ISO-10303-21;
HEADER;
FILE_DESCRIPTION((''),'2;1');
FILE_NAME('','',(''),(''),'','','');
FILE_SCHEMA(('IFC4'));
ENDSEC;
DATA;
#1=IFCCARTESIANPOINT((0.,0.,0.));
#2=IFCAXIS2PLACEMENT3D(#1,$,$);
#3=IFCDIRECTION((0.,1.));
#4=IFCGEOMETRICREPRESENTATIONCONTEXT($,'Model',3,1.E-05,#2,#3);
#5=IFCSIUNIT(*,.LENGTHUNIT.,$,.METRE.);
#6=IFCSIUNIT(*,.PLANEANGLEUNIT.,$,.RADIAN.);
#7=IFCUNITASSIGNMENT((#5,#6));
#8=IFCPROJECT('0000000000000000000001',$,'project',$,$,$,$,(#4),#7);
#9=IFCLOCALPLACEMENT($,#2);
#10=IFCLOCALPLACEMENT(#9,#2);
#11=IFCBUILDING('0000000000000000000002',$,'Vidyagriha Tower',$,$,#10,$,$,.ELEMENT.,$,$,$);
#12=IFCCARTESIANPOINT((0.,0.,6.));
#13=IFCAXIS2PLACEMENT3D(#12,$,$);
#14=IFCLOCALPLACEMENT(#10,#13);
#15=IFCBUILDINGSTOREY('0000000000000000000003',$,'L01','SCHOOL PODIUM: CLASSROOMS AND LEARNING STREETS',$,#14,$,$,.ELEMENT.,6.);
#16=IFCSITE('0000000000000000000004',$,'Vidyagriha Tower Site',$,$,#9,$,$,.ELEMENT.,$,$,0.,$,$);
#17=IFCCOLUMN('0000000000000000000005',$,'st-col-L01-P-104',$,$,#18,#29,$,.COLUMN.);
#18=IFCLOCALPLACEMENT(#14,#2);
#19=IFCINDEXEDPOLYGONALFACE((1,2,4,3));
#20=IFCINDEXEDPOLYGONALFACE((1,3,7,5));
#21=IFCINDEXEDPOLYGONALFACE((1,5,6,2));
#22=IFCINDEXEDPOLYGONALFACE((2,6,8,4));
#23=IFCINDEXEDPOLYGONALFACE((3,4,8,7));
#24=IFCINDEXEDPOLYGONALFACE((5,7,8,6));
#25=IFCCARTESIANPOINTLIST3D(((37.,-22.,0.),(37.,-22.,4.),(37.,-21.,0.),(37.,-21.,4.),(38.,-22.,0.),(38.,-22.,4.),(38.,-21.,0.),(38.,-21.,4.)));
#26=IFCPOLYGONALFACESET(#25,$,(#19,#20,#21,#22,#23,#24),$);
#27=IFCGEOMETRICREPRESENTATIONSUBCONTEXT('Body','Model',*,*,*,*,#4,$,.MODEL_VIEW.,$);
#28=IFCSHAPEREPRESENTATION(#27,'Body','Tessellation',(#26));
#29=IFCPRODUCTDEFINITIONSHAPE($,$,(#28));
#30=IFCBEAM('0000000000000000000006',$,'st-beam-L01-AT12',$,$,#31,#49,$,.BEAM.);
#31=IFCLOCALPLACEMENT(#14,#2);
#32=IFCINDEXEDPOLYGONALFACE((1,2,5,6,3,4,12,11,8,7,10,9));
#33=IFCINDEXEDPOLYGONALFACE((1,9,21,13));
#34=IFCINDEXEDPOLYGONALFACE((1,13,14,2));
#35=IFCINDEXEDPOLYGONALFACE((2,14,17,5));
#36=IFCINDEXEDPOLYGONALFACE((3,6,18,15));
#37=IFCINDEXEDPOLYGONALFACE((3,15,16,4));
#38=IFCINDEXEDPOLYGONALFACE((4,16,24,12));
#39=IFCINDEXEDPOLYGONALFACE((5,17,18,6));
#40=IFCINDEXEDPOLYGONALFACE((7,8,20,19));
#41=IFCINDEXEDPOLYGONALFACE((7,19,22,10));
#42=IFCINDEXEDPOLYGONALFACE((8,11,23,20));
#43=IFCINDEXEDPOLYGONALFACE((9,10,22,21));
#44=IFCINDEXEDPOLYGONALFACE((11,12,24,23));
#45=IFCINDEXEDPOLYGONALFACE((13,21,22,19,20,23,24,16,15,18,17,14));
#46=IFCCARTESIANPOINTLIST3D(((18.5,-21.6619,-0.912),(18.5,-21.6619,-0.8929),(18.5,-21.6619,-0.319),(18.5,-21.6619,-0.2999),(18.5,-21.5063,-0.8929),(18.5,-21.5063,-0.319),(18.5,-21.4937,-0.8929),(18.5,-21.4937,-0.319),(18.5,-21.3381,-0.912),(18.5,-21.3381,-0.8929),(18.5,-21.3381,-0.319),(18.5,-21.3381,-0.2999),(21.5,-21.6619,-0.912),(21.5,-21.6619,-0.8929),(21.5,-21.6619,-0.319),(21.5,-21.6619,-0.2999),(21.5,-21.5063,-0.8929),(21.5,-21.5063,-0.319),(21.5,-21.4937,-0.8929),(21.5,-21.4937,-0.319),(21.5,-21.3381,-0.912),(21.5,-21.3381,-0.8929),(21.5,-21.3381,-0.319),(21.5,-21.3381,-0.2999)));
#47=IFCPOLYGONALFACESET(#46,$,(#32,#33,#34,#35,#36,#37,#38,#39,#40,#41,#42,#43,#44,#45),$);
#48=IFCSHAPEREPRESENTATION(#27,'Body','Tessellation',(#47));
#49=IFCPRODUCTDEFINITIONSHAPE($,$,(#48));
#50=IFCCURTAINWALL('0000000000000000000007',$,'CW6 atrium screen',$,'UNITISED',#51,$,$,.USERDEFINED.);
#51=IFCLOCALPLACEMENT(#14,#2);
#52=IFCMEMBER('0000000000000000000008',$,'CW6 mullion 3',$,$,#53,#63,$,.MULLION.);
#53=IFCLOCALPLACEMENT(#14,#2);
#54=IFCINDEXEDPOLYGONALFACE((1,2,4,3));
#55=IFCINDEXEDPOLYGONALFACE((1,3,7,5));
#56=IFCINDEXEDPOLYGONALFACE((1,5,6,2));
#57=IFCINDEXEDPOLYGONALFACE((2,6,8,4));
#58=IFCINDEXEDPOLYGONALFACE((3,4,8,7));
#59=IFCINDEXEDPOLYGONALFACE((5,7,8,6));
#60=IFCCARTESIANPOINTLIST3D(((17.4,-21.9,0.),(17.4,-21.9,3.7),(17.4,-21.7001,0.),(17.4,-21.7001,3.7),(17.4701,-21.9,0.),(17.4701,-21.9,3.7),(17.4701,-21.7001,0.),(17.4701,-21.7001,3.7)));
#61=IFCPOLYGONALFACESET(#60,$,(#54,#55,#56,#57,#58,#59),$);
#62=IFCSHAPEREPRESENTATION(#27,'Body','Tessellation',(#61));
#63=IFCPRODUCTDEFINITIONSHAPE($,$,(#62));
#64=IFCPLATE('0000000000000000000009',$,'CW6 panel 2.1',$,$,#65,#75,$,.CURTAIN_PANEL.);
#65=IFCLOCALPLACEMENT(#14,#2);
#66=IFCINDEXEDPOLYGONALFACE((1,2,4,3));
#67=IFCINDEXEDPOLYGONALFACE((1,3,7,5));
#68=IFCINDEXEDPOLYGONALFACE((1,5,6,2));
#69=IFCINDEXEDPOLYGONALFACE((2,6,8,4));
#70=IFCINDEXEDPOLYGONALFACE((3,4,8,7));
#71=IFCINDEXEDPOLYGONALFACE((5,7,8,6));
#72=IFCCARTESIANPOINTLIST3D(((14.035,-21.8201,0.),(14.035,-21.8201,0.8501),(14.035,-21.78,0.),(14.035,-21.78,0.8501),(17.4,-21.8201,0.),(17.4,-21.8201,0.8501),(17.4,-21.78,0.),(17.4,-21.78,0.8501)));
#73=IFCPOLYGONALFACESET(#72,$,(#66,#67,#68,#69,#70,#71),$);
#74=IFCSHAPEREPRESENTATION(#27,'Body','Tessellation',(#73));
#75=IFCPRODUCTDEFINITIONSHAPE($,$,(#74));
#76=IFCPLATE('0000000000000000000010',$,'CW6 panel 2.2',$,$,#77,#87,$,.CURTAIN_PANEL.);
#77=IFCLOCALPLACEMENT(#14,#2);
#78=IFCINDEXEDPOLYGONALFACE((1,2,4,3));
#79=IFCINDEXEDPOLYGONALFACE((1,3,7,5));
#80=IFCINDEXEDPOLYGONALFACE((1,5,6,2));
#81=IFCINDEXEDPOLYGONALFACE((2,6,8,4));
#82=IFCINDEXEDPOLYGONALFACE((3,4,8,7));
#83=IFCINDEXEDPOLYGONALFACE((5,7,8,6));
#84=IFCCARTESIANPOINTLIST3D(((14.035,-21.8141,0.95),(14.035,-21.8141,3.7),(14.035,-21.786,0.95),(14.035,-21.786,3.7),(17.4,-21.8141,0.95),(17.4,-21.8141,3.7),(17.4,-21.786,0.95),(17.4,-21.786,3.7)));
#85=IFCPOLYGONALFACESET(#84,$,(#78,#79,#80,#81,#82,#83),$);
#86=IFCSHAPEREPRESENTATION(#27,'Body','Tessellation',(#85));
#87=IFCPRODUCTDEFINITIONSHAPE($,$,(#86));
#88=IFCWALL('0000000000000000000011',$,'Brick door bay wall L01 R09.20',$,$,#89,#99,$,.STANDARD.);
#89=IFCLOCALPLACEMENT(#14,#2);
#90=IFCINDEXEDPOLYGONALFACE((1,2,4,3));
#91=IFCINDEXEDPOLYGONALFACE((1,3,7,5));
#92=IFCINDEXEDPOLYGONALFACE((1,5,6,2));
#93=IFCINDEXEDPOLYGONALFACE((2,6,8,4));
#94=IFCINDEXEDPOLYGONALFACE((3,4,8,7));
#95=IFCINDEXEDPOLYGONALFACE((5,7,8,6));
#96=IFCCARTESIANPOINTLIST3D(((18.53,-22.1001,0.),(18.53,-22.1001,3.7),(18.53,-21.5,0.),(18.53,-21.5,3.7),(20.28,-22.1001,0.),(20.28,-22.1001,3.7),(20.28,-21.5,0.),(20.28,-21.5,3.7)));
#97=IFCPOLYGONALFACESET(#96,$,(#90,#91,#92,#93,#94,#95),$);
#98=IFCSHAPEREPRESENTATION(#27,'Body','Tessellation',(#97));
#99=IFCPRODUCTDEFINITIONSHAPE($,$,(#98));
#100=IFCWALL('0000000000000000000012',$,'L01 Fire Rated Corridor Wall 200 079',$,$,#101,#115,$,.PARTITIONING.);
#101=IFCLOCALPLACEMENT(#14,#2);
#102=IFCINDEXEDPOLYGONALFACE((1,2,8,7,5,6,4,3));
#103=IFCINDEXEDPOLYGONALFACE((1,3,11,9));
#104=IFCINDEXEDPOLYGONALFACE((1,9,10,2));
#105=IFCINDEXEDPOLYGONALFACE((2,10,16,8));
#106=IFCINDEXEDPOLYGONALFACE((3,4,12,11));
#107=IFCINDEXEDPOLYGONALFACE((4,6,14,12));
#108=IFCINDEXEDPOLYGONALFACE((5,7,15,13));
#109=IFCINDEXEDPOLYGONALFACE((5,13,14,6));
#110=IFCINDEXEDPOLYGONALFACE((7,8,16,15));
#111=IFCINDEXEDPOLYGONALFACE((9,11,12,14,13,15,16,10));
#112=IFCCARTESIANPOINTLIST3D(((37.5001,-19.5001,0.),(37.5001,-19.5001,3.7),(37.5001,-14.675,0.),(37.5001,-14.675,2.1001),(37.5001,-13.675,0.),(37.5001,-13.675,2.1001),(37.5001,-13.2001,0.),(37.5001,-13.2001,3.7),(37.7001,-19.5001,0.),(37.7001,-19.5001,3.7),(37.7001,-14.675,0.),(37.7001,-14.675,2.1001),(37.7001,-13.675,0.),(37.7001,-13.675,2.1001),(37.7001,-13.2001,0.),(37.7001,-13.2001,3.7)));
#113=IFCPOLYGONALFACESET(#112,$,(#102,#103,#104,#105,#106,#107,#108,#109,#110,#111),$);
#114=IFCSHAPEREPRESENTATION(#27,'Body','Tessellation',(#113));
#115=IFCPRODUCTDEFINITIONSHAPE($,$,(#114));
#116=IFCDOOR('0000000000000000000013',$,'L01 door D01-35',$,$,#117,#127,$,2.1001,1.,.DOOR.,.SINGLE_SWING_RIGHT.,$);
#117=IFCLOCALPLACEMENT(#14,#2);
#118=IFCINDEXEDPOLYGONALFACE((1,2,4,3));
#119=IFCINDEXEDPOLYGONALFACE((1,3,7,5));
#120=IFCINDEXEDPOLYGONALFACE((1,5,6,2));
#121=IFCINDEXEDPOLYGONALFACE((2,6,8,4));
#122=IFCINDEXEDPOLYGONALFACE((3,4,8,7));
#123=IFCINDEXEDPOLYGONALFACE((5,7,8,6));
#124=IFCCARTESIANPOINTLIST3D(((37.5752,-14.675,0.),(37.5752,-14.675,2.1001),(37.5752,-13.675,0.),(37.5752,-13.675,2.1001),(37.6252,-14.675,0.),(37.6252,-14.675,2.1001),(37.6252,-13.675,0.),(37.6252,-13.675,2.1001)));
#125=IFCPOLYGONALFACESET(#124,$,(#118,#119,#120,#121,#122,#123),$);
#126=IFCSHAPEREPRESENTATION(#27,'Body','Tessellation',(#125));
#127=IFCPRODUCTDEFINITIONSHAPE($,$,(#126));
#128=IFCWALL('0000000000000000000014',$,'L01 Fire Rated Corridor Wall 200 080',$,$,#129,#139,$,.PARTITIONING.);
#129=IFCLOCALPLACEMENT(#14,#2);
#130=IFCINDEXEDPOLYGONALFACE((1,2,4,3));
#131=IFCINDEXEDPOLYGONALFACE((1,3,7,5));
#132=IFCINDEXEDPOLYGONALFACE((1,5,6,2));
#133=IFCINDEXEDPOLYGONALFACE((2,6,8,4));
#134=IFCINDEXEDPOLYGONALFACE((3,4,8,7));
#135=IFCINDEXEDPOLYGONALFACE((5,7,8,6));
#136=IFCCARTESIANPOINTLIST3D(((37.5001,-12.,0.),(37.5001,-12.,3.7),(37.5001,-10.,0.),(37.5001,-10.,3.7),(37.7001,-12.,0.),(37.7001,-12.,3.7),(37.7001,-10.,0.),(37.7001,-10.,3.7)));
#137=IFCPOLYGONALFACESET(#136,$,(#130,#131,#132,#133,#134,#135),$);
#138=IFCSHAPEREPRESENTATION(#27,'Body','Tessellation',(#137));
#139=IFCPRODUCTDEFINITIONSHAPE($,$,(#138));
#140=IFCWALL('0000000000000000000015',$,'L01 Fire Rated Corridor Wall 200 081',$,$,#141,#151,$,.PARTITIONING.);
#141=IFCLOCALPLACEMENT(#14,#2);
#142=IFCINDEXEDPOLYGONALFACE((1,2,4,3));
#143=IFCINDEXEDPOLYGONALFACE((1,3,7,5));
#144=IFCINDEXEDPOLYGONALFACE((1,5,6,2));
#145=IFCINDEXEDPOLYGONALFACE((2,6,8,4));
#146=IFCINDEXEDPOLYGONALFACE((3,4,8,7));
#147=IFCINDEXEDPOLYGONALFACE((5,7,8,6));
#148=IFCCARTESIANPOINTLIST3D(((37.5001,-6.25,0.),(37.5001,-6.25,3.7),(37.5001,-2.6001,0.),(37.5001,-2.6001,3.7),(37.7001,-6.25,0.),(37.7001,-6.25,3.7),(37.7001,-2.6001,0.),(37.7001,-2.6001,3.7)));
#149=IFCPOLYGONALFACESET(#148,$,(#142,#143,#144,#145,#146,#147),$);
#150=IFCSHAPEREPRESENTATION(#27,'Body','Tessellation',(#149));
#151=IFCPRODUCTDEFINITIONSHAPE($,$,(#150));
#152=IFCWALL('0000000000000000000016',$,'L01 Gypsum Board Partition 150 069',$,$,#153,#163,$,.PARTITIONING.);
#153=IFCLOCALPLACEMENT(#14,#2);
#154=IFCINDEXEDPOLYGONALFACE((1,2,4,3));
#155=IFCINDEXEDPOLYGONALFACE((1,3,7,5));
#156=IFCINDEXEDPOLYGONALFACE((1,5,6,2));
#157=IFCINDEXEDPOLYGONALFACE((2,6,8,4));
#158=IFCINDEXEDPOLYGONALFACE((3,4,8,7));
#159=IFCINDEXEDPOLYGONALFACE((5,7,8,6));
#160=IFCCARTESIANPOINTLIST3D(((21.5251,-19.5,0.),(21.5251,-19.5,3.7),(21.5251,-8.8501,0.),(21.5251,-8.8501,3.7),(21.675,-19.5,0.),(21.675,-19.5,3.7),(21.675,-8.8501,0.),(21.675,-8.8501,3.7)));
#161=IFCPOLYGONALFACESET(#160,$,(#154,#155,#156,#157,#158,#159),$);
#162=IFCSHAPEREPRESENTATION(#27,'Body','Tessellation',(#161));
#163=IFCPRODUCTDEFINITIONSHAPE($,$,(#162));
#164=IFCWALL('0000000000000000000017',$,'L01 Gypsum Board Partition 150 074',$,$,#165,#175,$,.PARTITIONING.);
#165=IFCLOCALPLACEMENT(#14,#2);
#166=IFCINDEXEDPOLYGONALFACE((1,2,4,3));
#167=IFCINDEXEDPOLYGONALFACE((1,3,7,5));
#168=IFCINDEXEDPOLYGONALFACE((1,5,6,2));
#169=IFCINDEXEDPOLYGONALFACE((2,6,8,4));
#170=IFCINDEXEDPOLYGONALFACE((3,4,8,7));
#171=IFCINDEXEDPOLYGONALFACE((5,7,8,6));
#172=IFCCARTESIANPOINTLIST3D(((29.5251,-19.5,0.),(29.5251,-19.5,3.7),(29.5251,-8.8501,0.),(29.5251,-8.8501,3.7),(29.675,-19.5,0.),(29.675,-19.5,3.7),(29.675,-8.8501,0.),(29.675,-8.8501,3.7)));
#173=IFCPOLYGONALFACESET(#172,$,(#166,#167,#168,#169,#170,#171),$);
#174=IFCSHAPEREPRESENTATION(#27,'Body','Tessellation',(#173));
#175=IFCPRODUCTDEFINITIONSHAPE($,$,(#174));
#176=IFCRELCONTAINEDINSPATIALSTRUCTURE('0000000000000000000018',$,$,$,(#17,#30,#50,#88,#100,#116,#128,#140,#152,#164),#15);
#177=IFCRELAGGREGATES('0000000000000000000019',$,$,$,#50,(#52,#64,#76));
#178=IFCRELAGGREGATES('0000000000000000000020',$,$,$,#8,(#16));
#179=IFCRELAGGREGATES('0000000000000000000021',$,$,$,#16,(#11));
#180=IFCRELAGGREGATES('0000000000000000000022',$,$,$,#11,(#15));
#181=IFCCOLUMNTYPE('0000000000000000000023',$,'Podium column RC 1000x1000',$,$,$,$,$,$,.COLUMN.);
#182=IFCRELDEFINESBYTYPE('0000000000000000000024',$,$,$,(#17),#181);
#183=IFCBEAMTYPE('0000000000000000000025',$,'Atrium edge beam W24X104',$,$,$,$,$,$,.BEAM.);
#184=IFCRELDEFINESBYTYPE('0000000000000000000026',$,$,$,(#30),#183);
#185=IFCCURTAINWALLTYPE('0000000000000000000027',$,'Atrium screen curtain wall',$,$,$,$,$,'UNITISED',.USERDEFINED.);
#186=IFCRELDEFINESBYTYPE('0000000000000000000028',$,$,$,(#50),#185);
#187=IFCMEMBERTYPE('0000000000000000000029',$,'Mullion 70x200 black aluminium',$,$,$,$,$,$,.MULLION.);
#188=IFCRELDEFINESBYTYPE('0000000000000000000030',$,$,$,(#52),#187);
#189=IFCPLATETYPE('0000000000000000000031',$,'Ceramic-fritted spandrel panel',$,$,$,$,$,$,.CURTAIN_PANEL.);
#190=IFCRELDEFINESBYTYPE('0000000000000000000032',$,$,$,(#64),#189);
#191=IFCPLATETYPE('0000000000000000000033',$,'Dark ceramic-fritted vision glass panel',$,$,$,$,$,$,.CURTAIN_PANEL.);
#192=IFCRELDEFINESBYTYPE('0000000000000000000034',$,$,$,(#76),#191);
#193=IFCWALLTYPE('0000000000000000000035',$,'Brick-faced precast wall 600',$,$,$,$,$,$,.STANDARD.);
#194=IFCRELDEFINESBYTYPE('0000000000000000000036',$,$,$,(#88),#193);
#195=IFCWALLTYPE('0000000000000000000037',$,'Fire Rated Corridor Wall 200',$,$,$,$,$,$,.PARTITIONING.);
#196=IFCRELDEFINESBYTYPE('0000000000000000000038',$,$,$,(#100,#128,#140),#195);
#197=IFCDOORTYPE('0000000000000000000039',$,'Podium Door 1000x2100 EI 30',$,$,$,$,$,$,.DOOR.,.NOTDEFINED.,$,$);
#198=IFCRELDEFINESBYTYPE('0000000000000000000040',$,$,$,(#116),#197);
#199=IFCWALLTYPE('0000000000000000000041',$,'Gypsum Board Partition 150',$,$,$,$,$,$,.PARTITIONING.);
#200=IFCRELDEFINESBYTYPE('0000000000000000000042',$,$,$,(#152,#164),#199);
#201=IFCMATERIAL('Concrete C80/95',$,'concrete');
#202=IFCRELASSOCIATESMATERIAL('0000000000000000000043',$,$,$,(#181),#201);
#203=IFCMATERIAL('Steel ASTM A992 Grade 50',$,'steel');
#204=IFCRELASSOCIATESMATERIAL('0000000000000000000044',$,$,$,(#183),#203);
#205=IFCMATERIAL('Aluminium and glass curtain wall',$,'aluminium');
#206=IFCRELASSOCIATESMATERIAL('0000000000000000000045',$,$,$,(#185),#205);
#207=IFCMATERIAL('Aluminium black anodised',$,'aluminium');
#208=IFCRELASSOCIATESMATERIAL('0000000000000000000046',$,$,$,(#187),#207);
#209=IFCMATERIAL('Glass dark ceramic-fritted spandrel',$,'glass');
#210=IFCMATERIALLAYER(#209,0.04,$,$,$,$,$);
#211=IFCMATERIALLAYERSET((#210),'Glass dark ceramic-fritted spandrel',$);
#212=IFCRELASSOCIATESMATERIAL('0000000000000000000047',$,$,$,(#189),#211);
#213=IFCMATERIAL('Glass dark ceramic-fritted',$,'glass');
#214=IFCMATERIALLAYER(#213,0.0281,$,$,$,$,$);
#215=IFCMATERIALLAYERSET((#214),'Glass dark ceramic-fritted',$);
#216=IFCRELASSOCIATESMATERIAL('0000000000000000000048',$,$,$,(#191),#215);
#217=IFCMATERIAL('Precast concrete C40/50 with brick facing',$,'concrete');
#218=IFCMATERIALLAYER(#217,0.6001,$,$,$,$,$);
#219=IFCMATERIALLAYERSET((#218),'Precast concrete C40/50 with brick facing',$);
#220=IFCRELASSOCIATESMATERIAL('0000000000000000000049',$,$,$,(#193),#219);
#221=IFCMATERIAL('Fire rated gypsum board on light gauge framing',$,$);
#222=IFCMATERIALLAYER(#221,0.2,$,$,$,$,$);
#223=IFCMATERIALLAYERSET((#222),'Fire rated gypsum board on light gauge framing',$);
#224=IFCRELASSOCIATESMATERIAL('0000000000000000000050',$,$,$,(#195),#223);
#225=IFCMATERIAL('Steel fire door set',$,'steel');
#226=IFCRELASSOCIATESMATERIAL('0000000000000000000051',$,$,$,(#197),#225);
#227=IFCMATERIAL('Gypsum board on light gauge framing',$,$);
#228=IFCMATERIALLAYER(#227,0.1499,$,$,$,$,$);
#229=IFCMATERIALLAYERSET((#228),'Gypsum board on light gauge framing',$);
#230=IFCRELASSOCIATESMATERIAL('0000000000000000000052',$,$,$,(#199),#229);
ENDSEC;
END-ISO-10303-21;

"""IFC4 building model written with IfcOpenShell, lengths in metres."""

from ifc_helpers import new_model, si_unit, direction, frame, frame_2d, origin, origin_2d, place, context, subcontext, project, spatial, rectangle, i_section, extrude, material, layer, layer_set, material_profile, profile_set, type_object, element, fill, aggregate, save


model = new_model("IFC4")

# Units and contexts
model_context = context("Model", 3, precision=1e-05, world=origin(), true_north=direction((0.0, 1.0)))
body_context = subcontext(model_context, "Body", "Model", "MODEL_VIEW")
ifc_project = project(units=[si_unit("LENGTHUNIT", "METRE"), si_unit("PLANEANGLEUNIT", "RADIAN")], contexts=[model_context])

# Site, building, storey
site_placement = place(None, origin())
site = spatial("IfcSite", under=ifc_project, at=site_placement, Name="Vidyagriha Tower Site", CompositionType="ELEMENT", RefElevation=0.0)
building_placement = place(site_placement, origin())
building = spatial("IfcBuilding", under=site, at=building_placement, Name="Vidyagriha Tower", CompositionType="ELEMENT")
storey_placement = place(building_placement, frame((0.0, 0.0, 6.0)))
storey = spatial("IfcBuildingStorey", under=building, at=storey_placement, Name="L01", Description="SCHOOL PODIUM: CLASSROOMS AND LEARNING STREETS", CompositionType="ELEMENT", Elevation=6.0)

# Column
ifc_material_1 = material(Name="Concrete C80/95", Category="concrete")
ifc_material_profile_1 = material_profile(ifc_material_1, rectangle(XDim=1.0, YDim=1.0, at=origin_2d()), Name="RC 1000x1000")
ifc_profile_set_1 = profile_set([ifc_material_profile_1], Name="Concrete C80/95")
column_type_1 = type_object("IfcColumnType", Name="Podium column RC 1000x1000", PredefinedType="COLUMN", material=ifc_profile_set_1)
for number, where, name in (
    (1, (37.5, -21.5, 0.0), "st-col-L01-P-104"),
):
    element("IfcColumn", number, at=place(storey_placement, frame(where)), inside=storey, type_object=column_type_1, Name=name, PredefinedType="COLUMN", context=body_context, shape_type="SweptSolid", body=[
        extrude(rectangle(XDim=1.0, YDim=1.0, at=origin_2d()), origin(), (0.0, 0.0, 1.0), 4.0),
    ])

# Beam
ifc_material_2 = material(Name="Steel ASTM A992 Grade 50", Category="steel")
ifc_material_profile_2 = material_profile(ifc_material_2, i_section(OverallWidth=0.3237, OverallDepth=0.6121, WebThickness=0.0127, FlangeThickness=0.019, at=origin_2d()), Name="W24X104")
ifc_profile_set_2 = profile_set([ifc_material_profile_2], Name="Steel ASTM A992 Grade 50")
beam_type = type_object("IfcBeamType", Name="Atrium edge beam W24X104", PredefinedType="BEAM", material=ifc_profile_set_2)
beam_placement = place(storey_placement, frame((18.5, -21.5, -0.606), z_axis=(1.0, 0.0, 0.0), x_axis=(0.0, 1.0, 0.0)))
element("IfcBeam", 2, at=beam_placement, inside=storey, type_object=beam_type, Name="st-beam-L01-AT12", PredefinedType="BEAM", context=body_context, shape_type="SweptSolid", body=[
    extrude(i_section(OverallWidth=0.3237, OverallDepth=0.6121, WebThickness=0.0127, FlangeThickness=0.019, at=origin_2d()), origin(), (0.0, 0.0, 1.0), 3.0),
])

# Curtain wall, member, plates
ifc_material_3 = material(Name="Aluminium and glass curtain wall", Category="aluminium")
curtain_wall_type = type_object("IfcCurtainWallType", Name="Atrium screen curtain wall", ElementType="UNITISED", PredefinedType="USERDEFINED", material=ifc_material_3)
curtain_wall_placement = place(storey_placement, origin())
curtain_wall = element("IfcCurtainWall", 3, at=curtain_wall_placement, inside=storey, type_object=curtain_wall_type, Name="CW6 atrium screen", ObjectType="UNITISED", PredefinedType="USERDEFINED")
ifc_material_4 = material(Name="Aluminium black anodised", Category="aluminium")
ifc_material_profile_3 = material_profile(ifc_material_4, rectangle(XDim=0.2, YDim=0.0701, at=origin_2d()), Name="Mullion 70x200 black aluminium")
ifc_profile_set_3 = profile_set([ifc_material_profile_3], Name="Aluminium black anodised")
member_type = type_object("IfcMemberType", Name="Mullion 70x200 black aluminium", PredefinedType="MULLION", material=ifc_profile_set_3)
member_placement = place(storey_placement, frame((17.4351, -21.8, 0.0), z_axis=(0.0, 0.0, 1.0), x_axis=(0.0, 1.0, 0.0)))
member = element("IfcMember", 4, at=member_placement, type_object=member_type, Name="CW6 mullion 3", PredefinedType="MULLION", context=body_context, shape_type="SweptSolid", body=[
    extrude(rectangle(XDim=0.2, YDim=0.0701, at=origin_2d()), origin(), (0.0, 0.0, 1.0), 3.7),
])
ifc_material_5 = material(Name="Glass dark ceramic-fritted spandrel", Category="glass")
ifc_layer_1 = layer(ifc_material_5, 0.04)
ifc_layer_set_1 = layer_set([ifc_layer_1], Name="Glass dark ceramic-fritted spandrel")
plate_type_1 = type_object("IfcPlateType", Name="Ceramic-fritted spandrel panel", PredefinedType="CURTAIN_PANEL", material=ifc_layer_set_1)
plate_1_placement = place(storey_placement, frame((15.7175, -21.8, 0.0)))
plate_1 = element("IfcPlate", 5, at=plate_1_placement, type_object=plate_type_1, Name="CW6 panel 2.1", PredefinedType="CURTAIN_PANEL", context=body_context, shape_type="SweptSolid", body=[
    extrude(rectangle(XDim=3.365, YDim=0.04, at=origin_2d()), origin(), (0.0, 0.0, 1.0), 0.8501),
])
ifc_material_6 = material(Name="Glass dark ceramic-fritted", Category="glass")
ifc_layer_2 = layer(ifc_material_6, 0.0281)
ifc_layer_set_2 = layer_set([ifc_layer_2], Name="Glass dark ceramic-fritted")
plate_type_2 = type_object("IfcPlateType", Name="Dark ceramic-fritted vision glass panel", PredefinedType="CURTAIN_PANEL", material=ifc_layer_set_2)
plate_2_placement = place(storey_placement, frame((15.7175, -21.8, 0.95)))
plate_2 = element("IfcPlate", 6, at=plate_2_placement, type_object=plate_type_2, Name="CW6 panel 2.2", PredefinedType="CURTAIN_PANEL", context=body_context, shape_type="SweptSolid", body=[
    extrude(rectangle(XDim=3.365, YDim=0.0281, at=origin_2d()), origin(), (0.0, 0.0, 1.0), 2.75),
])
aggregate(curtain_wall, [member, plate_1, plate_2])

# Wall
ifc_material_7 = material(Name="Precast concrete C40/50 with brick facing", Category="concrete")
ifc_layer_3 = layer(ifc_material_7, 0.6001)
ifc_layer_set_3 = layer_set([ifc_layer_3], Name="Precast concrete C40/50 with brick facing")
wall_type_1 = type_object("IfcWallType", Name="Brick-faced precast wall 600", PredefinedType="STANDARD", material=ifc_layer_set_3)
wall_1_placement = place(storey_placement, frame((18.53, -21.8, 0.0)))
element("IfcWall", 7, at=wall_1_placement, inside=storey, type_object=wall_type_1, Name="Brick door bay wall L01 R09.20", PredefinedType="STANDARD", context=body_context, shape_type="SweptSolid", body=[
    extrude(rectangle(XDim=1.75, YDim=0.6001, at=frame_2d((0.875, 0.0))), origin(), (0.0, 0.0, 1.0), 3.7),
])

# Wall, opening, door
ifc_material_8 = material(Name="Fire rated gypsum board on light gauge framing")
ifc_layer_4 = layer(ifc_material_8, 0.2)
ifc_layer_set_4 = layer_set([ifc_layer_4], Name="Fire rated gypsum board on light gauge framing")
wall_type_2 = type_object("IfcWallType", Name="Fire Rated Corridor Wall 200", PredefinedType="PARTITIONING", material=ifc_layer_set_4)
wall_2_placement = place(storey_placement, frame((37.6001, -19.5, 0.0), z_axis=(0.0, 0.0, 1.0), x_axis=(0.0, 1.0, 0.0)))
wall_2 = element("IfcWall", 8, at=wall_2_placement, inside=storey, type_object=wall_type_2, Name="L01 Fire Rated Corridor Wall 200 079", PredefinedType="PARTITIONING", context=body_context, shape_type="SweptSolid", body=[
    extrude(rectangle(XDim=6.3, YDim=0.2, at=frame_2d((3.1499, 0.0))), origin(), (0.0, 0.0, 1.0), 3.7),
])
opening_placement = place(wall_2_placement, frame((4.825, 0.0, 0.0)))
opening = element("IfcOpeningElement", 9, at=opening_placement, cuts=wall_2, PredefinedType="OPENING", context=body_context, shape_type="SweptSolid", body=[
    extrude(rectangle(XDim=1.0, YDim=2.1001, at=frame_2d((0.5, 1.05))), frame((0.0, 0.1099, 0.0), z_axis=(0.0, -1.0, 0.0), x_axis=(1.0, 0.0, 0.0)), (0.0, 0.0, 1.0), 0.22),
])
ifc_material_9 = material(Name="Steel fire door set", Category="steel")
door_type = type_object("IfcDoorType", Name="Podium Door 1000x2100 EI 30", OperationType="NOTDEFINED", PredefinedType="DOOR", material=ifc_material_9)
door_placement = place(opening_placement, origin())
door = element("IfcDoor", 10, at=door_placement, inside=storey, type_object=door_type, Name="L01 door D01-35", OperationType="SINGLE_SWING_RIGHT", OverallHeight=2.1001, OverallWidth=1.0, PredefinedType="DOOR", context=body_context, shape_type="SweptSolid", body=[
    extrude(rectangle(XDim=1.0, YDim=2.1001, at=frame_2d((0.5, 1.05))), frame((0.0, 0.0249, 0.0), z_axis=(0.0, -1.0, 0.0), x_axis=(1.0, 0.0, 0.0)), (0.0, 0.0, 1.0), 0.05),
])
fill(opening, door)

# Walls
wall_3_placement = place(storey_placement, frame((37.6001, -12.0, 0.0), z_axis=(0.0, 0.0, 1.0), x_axis=(0.0, 1.0, 0.0)))
element("IfcWall", 11, at=wall_3_placement, inside=storey, type_object=wall_type_2, Name="L01 Fire Rated Corridor Wall 200 080", PredefinedType="PARTITIONING", context=body_context, shape_type="SweptSolid", body=[
    extrude(rectangle(XDim=2.0, YDim=0.2, at=frame_2d((1.0, 0.0))), origin(), (0.0, 0.0, 1.0), 3.7),
])
wall_4_placement = place(storey_placement, frame((37.6001, -6.25, 0.0), z_axis=(0.0, 0.0, 1.0), x_axis=(0.0, 1.0, 0.0)))
element("IfcWall", 12, at=wall_4_placement, inside=storey, type_object=wall_type_2, Name="L01 Fire Rated Corridor Wall 200 081", PredefinedType="PARTITIONING", context=body_context, shape_type="SweptSolid", body=[
    extrude(rectangle(XDim=3.6499, YDim=0.2, at=frame_2d((1.825, 0.0))), origin(), (0.0, 0.0, 1.0), 3.7),
])
ifc_material_10 = material(Name="Gypsum board on light gauge framing")
ifc_layer_5 = layer(ifc_material_10, 0.1499)
ifc_layer_set_5 = layer_set([ifc_layer_5], Name="Gypsum board on light gauge framing")
wall_type_3 = type_object("IfcWallType", Name="Gypsum Board Partition 150", PredefinedType="PARTITIONING", material=ifc_layer_set_5)
for number, where, z_axis, x_axis, name in (
    (13, (21.6001, -19.5, 0.0), (0.0, 0.0, 1.0), (0.0, 1.0, 0.0), "L01 Gypsum Board Partition 150 069"),
    (14, (29.6001, -19.5, 0.0), (0.0, 0.0, 1.0), (0.0, 1.0, 0.0), "L01 Gypsum Board Partition 150 074"),
):
    element("IfcWall", number, at=place(storey_placement, frame(where, z_axis=z_axis, x_axis=x_axis)), inside=storey, type_object=wall_type_3, Name=name, PredefinedType="PARTITIONING", context=body_context, shape_type="SweptSolid", body=[
        extrude(rectangle(XDim=10.6499, YDim=0.1499, at=frame_2d((5.325, 0.0))), origin(), (0.0, 0.0, 1.0), 3.7),
    ])

save(model, "model.ifc")
